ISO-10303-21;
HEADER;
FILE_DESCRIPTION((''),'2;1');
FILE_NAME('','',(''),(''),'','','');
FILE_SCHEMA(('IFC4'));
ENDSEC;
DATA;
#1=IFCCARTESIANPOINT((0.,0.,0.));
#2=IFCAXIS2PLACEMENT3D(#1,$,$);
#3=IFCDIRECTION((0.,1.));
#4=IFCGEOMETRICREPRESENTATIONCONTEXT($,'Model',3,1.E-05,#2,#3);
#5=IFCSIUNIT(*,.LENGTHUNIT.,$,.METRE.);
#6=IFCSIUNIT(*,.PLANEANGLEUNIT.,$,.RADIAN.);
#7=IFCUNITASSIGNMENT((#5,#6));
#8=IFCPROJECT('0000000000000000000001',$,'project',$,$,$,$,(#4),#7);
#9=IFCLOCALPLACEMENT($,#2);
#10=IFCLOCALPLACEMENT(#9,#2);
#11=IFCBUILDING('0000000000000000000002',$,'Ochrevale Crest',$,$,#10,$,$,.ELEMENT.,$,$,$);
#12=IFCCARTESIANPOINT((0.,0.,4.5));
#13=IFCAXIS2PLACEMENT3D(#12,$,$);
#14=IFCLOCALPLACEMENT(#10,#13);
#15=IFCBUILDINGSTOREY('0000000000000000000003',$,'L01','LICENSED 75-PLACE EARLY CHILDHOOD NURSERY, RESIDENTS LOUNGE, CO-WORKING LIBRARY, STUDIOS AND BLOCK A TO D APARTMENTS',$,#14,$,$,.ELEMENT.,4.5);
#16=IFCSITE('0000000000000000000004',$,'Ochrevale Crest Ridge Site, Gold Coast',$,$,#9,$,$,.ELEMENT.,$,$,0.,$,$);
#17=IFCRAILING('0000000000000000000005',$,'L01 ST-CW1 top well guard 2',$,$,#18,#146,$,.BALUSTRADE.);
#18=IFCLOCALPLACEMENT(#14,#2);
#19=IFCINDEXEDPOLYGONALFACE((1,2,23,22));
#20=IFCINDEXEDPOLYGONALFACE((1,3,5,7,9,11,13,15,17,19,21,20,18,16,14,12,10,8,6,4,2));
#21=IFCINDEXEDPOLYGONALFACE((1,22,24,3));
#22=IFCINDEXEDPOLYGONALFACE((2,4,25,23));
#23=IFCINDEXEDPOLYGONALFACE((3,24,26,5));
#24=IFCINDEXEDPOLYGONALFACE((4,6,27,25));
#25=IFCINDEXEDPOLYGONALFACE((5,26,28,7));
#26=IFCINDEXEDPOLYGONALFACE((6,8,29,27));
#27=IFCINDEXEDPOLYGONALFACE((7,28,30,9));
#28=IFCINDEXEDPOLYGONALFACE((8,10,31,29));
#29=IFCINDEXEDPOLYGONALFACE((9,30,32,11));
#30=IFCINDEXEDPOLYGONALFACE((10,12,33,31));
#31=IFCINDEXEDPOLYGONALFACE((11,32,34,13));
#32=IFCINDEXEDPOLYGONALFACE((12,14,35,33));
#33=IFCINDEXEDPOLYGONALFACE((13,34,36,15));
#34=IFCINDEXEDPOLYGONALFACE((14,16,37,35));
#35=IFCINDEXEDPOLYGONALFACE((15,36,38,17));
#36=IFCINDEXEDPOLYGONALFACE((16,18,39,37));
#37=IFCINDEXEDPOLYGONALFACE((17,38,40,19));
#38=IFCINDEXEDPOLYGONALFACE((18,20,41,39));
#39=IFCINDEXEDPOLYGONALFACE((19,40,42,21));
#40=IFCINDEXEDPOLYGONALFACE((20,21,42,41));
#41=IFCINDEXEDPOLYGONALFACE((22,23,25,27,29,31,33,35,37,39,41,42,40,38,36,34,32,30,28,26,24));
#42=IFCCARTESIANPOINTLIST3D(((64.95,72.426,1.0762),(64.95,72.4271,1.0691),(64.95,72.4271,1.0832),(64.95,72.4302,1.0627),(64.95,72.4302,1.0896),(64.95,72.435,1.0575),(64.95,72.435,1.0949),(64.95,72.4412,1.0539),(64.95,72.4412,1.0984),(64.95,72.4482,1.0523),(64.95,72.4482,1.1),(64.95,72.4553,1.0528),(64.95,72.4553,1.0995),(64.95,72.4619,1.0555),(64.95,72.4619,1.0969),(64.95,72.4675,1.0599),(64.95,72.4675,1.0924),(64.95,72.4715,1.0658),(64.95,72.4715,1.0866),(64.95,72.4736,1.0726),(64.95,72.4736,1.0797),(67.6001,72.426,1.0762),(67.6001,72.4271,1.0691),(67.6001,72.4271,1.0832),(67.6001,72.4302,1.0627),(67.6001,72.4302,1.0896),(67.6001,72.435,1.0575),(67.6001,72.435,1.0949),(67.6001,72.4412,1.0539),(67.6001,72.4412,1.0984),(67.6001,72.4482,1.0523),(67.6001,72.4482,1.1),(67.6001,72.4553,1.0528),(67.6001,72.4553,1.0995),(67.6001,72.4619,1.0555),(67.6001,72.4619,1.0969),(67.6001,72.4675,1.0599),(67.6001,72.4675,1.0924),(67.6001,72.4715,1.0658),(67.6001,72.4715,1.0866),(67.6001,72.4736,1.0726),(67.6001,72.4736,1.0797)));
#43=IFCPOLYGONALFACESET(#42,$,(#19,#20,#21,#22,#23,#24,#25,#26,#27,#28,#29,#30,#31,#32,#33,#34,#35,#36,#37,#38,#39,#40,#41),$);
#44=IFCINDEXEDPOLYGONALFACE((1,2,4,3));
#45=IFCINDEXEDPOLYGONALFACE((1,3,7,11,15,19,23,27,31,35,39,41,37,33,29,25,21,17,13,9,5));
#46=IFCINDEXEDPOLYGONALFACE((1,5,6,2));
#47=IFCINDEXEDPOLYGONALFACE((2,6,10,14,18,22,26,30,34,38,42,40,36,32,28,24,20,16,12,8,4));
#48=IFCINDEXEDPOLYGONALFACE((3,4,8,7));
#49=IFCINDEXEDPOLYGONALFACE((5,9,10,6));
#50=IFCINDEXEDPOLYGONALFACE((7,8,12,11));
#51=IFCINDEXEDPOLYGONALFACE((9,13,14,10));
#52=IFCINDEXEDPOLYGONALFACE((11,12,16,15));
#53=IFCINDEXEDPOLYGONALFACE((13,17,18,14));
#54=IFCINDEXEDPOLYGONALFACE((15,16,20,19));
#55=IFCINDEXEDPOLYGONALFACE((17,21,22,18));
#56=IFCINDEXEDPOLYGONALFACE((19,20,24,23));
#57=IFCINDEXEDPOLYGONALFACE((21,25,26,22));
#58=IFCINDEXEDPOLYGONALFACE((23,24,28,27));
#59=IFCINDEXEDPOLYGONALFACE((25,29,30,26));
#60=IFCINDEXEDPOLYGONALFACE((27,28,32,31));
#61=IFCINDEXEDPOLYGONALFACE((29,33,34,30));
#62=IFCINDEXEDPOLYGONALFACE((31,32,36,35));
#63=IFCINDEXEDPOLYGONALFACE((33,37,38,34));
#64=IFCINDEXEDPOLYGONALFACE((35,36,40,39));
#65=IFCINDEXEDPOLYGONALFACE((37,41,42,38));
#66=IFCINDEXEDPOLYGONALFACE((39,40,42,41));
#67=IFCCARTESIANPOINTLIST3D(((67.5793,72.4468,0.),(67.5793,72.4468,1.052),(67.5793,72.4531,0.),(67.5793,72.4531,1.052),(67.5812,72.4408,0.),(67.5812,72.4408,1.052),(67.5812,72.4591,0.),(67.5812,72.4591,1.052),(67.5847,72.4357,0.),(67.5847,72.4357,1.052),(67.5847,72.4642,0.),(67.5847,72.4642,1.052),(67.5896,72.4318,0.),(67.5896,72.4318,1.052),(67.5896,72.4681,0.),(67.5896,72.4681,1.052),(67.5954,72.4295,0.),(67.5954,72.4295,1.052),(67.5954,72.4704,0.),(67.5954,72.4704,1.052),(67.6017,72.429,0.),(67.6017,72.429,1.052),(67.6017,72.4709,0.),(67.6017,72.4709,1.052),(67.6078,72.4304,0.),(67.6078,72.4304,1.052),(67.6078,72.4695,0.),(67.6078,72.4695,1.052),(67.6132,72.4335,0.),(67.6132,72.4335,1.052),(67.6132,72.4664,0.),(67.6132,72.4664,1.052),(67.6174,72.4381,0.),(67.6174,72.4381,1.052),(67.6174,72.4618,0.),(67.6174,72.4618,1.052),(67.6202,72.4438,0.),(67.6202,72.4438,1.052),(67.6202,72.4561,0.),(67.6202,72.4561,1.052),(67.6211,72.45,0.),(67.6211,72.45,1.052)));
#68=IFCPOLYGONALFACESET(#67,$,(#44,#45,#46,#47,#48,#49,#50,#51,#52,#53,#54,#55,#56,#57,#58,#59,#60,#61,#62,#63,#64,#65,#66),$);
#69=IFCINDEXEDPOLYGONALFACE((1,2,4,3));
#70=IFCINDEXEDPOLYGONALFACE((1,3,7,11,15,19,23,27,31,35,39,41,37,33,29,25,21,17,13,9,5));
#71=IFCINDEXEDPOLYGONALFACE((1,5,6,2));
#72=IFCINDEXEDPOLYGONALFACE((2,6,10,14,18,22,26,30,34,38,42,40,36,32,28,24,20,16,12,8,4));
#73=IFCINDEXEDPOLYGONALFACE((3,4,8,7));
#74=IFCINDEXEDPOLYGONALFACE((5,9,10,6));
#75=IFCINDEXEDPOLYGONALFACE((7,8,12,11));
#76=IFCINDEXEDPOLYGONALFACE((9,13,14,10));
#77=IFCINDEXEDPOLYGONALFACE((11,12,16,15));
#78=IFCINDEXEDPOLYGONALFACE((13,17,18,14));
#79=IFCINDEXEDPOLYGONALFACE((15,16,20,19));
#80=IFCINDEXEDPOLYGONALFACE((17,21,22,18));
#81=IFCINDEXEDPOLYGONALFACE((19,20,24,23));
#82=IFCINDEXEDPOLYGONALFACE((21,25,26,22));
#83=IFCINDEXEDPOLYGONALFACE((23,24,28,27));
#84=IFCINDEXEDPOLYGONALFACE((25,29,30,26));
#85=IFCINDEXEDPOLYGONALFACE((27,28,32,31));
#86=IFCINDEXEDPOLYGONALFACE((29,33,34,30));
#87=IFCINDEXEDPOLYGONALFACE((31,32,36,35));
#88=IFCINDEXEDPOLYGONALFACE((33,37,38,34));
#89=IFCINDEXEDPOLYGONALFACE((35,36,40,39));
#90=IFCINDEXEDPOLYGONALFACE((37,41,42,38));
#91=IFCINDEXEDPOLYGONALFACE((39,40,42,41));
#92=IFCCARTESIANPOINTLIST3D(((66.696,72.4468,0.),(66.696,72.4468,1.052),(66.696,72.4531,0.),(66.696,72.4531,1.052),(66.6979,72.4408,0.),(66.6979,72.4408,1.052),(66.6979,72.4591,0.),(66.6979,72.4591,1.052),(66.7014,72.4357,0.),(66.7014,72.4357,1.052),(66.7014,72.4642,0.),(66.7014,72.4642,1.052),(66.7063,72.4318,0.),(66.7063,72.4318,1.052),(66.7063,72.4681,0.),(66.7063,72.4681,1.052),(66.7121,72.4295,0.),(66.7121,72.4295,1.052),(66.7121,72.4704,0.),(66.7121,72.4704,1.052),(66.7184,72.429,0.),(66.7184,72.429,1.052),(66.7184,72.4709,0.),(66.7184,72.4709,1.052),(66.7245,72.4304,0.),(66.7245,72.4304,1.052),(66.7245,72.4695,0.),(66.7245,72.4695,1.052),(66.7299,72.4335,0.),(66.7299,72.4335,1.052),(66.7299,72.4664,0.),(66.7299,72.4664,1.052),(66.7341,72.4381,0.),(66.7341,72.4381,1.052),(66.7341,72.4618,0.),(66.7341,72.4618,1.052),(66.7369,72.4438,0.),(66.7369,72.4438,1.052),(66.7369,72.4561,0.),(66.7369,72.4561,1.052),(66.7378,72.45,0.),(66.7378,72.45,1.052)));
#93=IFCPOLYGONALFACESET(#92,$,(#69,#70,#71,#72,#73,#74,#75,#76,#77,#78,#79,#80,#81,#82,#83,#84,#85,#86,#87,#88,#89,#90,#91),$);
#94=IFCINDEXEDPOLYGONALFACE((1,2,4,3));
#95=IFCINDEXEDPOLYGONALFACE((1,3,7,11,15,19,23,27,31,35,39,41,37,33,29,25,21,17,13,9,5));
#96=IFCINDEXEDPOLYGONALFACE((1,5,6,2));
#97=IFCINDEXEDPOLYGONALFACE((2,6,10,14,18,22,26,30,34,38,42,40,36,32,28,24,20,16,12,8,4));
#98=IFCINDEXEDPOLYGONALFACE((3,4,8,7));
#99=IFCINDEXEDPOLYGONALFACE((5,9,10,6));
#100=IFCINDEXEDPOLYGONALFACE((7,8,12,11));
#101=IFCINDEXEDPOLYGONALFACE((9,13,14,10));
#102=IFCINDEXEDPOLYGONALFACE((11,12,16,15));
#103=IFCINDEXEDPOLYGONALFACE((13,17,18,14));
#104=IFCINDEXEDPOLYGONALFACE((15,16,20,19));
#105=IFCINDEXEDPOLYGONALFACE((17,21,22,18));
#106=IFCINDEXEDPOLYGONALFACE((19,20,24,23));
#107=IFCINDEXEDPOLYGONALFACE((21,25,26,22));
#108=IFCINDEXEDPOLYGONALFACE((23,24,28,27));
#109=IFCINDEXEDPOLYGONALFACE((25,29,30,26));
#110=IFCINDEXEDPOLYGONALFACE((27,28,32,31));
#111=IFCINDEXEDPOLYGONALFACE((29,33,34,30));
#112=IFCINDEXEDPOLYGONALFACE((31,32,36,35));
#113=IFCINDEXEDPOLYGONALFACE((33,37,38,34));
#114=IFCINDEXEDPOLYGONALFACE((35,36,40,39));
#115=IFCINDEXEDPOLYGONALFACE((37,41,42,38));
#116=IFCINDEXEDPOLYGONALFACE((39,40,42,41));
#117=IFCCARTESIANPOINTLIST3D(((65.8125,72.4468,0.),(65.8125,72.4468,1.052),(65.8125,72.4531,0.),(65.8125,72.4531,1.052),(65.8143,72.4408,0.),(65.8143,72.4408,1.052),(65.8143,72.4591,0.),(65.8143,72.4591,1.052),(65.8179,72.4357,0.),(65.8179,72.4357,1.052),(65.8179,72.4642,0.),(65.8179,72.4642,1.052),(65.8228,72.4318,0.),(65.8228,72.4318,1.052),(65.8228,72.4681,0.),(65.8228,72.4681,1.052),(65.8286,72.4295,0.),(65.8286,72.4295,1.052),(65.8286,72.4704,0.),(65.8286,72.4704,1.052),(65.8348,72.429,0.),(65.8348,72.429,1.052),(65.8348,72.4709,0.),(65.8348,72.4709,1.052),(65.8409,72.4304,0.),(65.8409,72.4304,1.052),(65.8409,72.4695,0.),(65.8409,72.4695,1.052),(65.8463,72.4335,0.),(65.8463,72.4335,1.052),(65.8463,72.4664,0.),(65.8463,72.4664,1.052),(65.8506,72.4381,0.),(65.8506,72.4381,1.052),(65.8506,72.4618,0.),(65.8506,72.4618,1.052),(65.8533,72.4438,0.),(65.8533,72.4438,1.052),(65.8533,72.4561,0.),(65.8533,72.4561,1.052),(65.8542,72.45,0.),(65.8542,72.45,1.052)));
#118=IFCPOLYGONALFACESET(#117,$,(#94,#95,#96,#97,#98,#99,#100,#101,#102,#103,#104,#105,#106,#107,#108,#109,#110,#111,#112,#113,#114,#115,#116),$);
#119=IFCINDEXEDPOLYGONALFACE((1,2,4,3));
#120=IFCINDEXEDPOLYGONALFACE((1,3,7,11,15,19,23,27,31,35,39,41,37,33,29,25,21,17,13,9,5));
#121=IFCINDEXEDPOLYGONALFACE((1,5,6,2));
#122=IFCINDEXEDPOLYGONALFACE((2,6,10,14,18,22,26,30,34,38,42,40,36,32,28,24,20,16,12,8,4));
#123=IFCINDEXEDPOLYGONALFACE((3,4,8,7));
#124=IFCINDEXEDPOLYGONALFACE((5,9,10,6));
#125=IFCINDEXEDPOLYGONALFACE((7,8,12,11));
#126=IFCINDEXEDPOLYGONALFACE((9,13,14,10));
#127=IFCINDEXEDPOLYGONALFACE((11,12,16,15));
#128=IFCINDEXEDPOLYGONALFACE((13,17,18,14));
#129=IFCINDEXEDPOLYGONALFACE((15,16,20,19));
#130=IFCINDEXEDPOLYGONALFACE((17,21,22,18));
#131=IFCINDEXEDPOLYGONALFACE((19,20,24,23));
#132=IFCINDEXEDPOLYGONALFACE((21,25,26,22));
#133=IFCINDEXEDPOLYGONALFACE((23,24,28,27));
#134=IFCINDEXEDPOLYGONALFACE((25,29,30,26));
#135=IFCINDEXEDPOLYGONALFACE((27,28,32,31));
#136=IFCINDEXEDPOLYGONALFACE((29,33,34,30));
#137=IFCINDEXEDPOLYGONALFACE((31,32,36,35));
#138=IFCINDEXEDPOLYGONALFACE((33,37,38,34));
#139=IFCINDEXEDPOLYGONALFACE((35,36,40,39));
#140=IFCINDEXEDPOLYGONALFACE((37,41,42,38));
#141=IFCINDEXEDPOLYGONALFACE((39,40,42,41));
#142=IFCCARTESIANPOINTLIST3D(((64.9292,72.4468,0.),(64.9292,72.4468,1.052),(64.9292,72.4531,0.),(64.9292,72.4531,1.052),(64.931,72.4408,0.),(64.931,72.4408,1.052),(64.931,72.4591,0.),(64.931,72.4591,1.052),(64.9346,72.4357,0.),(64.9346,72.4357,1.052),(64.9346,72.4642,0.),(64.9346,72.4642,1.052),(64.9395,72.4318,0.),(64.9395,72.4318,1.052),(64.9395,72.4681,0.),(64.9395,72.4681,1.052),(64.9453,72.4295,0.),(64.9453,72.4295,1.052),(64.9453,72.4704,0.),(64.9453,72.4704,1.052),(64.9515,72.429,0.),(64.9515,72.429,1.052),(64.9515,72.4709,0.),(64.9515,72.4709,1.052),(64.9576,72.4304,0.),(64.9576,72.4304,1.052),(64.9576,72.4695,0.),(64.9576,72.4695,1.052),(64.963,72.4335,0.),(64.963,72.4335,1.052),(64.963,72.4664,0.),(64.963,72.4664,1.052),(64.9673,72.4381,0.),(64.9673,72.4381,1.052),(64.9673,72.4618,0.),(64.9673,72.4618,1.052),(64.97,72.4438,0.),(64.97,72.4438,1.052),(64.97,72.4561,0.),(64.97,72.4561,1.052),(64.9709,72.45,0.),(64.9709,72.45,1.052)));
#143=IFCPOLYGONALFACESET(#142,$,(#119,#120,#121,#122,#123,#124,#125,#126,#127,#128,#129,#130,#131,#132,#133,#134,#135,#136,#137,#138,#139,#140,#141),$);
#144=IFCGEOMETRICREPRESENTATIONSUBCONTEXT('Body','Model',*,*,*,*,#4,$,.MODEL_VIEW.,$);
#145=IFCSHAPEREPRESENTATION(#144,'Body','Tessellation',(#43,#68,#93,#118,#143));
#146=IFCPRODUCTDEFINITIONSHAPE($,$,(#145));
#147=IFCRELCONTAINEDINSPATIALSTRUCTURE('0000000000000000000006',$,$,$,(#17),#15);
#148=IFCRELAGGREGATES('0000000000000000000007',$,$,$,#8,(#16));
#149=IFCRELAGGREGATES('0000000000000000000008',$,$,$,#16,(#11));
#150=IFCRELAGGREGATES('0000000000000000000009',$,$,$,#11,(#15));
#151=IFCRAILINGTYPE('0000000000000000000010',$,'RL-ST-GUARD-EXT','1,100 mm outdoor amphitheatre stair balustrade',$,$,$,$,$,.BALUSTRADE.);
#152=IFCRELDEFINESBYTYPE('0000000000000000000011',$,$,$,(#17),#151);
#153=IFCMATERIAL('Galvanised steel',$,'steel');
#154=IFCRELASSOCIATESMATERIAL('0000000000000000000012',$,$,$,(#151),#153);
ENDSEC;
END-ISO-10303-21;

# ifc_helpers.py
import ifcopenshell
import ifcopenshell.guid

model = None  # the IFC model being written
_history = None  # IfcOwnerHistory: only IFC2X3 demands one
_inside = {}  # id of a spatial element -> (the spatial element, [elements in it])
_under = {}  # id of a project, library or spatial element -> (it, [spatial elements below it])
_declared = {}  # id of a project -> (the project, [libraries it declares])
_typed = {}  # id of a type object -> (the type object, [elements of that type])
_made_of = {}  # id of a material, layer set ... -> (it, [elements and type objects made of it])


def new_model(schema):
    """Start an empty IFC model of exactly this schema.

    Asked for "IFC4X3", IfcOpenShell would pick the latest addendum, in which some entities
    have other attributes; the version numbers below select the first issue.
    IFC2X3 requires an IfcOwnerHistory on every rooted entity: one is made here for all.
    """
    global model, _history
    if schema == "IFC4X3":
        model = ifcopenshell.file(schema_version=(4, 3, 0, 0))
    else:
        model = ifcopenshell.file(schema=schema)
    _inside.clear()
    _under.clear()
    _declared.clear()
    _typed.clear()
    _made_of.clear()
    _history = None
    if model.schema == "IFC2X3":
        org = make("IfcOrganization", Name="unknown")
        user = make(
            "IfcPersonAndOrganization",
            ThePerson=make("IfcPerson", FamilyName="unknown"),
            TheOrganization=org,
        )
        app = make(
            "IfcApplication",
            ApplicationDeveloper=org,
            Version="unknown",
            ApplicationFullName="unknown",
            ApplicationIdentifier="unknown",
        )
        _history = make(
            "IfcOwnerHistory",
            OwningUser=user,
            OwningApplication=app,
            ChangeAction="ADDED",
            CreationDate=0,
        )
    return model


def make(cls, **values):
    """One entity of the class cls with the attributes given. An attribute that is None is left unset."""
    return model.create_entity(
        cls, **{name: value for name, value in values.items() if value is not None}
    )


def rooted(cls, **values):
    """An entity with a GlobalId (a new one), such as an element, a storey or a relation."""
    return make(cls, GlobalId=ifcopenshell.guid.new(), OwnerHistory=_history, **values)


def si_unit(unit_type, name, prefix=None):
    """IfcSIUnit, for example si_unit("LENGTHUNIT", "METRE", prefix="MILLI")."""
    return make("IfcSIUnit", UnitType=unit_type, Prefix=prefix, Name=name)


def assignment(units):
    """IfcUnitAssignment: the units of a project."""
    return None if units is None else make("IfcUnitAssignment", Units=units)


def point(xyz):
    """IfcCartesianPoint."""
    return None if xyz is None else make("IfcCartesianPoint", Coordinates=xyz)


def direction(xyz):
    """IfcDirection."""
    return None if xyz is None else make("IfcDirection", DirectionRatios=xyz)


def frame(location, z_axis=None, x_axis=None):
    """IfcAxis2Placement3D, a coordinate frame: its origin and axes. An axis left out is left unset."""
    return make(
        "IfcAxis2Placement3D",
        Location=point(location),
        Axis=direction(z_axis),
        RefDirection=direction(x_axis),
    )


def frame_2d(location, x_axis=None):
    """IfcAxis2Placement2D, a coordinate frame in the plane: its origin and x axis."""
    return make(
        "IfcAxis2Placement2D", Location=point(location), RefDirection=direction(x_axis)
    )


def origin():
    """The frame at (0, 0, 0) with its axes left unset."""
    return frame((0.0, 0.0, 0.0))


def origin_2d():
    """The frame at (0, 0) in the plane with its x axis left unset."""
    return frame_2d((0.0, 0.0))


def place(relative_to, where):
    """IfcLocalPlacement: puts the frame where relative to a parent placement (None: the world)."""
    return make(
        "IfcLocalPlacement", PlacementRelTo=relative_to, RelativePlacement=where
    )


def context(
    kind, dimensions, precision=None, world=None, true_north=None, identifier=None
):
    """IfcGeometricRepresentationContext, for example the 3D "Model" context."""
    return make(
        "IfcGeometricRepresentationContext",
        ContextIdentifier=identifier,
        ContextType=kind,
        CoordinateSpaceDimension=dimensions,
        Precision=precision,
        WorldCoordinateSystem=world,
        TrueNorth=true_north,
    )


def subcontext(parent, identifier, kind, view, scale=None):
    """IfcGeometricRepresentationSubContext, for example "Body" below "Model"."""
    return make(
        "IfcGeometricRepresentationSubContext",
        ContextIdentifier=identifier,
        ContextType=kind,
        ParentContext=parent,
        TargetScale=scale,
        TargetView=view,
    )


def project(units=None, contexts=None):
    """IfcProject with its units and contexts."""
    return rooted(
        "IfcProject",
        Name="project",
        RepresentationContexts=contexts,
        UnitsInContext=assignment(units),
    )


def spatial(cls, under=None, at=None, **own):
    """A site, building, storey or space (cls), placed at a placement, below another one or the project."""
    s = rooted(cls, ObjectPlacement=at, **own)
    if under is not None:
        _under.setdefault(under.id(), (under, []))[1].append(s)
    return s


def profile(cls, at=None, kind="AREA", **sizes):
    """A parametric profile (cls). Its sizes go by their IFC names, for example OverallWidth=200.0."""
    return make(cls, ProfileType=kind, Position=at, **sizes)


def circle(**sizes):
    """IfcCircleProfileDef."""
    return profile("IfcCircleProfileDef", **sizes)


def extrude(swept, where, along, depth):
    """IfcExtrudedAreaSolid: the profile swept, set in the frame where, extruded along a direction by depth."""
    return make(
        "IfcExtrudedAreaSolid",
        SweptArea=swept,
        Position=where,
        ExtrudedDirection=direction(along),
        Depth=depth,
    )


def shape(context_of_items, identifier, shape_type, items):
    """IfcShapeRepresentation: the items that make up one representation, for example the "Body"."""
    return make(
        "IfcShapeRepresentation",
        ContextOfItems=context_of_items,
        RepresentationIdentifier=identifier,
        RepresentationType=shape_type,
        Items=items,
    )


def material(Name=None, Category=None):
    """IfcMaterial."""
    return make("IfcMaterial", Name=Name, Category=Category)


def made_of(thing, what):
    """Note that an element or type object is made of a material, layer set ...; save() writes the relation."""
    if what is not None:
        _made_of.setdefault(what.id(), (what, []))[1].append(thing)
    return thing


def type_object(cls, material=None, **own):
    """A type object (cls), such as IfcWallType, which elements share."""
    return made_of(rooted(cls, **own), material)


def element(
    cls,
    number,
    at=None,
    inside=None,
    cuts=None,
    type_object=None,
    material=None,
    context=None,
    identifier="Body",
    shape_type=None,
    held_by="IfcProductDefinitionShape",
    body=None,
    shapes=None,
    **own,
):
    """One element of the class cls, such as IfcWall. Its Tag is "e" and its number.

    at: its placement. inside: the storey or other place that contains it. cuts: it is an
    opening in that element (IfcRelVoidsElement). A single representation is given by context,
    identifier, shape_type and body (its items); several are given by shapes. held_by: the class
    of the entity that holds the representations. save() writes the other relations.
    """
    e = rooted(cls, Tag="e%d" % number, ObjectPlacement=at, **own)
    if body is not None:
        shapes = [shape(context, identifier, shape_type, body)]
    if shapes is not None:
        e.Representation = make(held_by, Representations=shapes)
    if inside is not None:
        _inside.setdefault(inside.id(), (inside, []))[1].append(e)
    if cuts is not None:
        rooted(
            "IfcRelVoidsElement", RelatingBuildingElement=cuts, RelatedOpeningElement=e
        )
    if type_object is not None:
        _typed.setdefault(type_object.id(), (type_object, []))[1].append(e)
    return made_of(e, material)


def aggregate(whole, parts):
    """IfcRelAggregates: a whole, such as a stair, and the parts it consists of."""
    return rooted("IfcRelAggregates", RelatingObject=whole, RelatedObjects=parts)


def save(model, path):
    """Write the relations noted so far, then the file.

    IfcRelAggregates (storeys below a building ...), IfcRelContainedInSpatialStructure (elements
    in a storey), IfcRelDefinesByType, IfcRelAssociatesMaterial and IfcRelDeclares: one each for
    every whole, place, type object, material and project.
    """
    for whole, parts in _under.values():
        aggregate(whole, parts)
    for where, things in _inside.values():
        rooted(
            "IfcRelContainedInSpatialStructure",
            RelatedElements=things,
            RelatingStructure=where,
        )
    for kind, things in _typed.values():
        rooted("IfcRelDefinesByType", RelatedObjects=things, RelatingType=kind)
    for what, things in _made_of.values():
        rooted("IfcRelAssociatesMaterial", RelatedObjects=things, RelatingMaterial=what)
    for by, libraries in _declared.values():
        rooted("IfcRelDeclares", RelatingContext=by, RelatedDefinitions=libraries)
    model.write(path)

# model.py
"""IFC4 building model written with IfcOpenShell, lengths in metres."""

from ifc_helpers import new_model, si_unit, direction, frame, origin, origin_2d, place, context, subcontext, project, spatial, circle, extrude, material, type_object, element, save


model = new_model("IFC4")

# Units and contexts
model_context = context("Model", 3, precision=1e-05, world=origin(), true_north=direction((0.0, 1.0)))
body_context = subcontext(model_context, "Body", "Model", "MODEL_VIEW")
ifc_project = project(units=[si_unit("LENGTHUNIT", "METRE"), si_unit("PLANEANGLEUNIT", "RADIAN")], contexts=[model_context])

# Site, building, storey
site_placement = place(None, origin())
site = spatial("IfcSite", under=ifc_project, at=site_placement, Name="Ochrevale Crest Ridge Site, Gold Coast", CompositionType="ELEMENT", RefElevation=0.0)
building_placement = place(site_placement, origin())
building = spatial("IfcBuilding", under=site, at=building_placement, Name="Ochrevale Crest", CompositionType="ELEMENT")
storey_placement = place(building_placement, frame((0.0, 0.0, 4.5)))
storey = spatial("IfcBuildingStorey", under=building, at=storey_placement, Name="L01", Description="LICENSED 75-PLACE EARLY CHILDHOOD NURSERY, RESIDENTS LOUNGE, CO-WORKING LIBRARY, STUDIOS AND BLOCK A TO D APARTMENTS", CompositionType="ELEMENT", Elevation=4.5)

# Railing
ifc_material_1 = material(Name="Galvanised steel", Category="steel")
railing_type_1 = type_object("IfcRailingType", Name="RL-ST-GUARD-EXT", Description="1,100 mm outdoor amphitheatre stair balustrade", PredefinedType="BALUSTRADE", material=ifc_material_1)
railing_1_placement = place(storey_placement, frame((67.6001, 72.45, 0.0)))
element("IfcRailing", 1, at=railing_1_placement, inside=storey, type_object=railing_type_1, Name="L01 ST-CW1 top well guard 2", PredefinedType="BALUSTRADE", context=body_context, shape_type="SweptSolid", body=[
    extrude(circle(Radius=0.0239, at=origin_2d()), frame((0.0, 0.0, 1.0762), z_axis=(-1.0, 0.0, 0.0), x_axis=(0.0, -1.0, 0.0)), (0.0, 0.0, 1.0), 2.6501),
    extrude(circle(Radius=0.021, at=origin_2d()), origin(), (0.0, 0.0, 1.0), 1.052),
    extrude(circle(Radius=0.021, at=origin_2d()), frame((-0.8833, 0.0, 0.0)), (0.0, 0.0, 1.0), 1.052),
    extrude(circle(Radius=0.021, at=origin_2d()), frame((-1.7668, 0.0, 0.0)), (0.0, 0.0, 1.0), 1.052),
    extrude(circle(Radius=0.021, at=origin_2d()), frame((-2.6501, 0.0, 0.0)), (0.0, 0.0, 1.0), 1.052),
])

save(model, "model.ifc")
